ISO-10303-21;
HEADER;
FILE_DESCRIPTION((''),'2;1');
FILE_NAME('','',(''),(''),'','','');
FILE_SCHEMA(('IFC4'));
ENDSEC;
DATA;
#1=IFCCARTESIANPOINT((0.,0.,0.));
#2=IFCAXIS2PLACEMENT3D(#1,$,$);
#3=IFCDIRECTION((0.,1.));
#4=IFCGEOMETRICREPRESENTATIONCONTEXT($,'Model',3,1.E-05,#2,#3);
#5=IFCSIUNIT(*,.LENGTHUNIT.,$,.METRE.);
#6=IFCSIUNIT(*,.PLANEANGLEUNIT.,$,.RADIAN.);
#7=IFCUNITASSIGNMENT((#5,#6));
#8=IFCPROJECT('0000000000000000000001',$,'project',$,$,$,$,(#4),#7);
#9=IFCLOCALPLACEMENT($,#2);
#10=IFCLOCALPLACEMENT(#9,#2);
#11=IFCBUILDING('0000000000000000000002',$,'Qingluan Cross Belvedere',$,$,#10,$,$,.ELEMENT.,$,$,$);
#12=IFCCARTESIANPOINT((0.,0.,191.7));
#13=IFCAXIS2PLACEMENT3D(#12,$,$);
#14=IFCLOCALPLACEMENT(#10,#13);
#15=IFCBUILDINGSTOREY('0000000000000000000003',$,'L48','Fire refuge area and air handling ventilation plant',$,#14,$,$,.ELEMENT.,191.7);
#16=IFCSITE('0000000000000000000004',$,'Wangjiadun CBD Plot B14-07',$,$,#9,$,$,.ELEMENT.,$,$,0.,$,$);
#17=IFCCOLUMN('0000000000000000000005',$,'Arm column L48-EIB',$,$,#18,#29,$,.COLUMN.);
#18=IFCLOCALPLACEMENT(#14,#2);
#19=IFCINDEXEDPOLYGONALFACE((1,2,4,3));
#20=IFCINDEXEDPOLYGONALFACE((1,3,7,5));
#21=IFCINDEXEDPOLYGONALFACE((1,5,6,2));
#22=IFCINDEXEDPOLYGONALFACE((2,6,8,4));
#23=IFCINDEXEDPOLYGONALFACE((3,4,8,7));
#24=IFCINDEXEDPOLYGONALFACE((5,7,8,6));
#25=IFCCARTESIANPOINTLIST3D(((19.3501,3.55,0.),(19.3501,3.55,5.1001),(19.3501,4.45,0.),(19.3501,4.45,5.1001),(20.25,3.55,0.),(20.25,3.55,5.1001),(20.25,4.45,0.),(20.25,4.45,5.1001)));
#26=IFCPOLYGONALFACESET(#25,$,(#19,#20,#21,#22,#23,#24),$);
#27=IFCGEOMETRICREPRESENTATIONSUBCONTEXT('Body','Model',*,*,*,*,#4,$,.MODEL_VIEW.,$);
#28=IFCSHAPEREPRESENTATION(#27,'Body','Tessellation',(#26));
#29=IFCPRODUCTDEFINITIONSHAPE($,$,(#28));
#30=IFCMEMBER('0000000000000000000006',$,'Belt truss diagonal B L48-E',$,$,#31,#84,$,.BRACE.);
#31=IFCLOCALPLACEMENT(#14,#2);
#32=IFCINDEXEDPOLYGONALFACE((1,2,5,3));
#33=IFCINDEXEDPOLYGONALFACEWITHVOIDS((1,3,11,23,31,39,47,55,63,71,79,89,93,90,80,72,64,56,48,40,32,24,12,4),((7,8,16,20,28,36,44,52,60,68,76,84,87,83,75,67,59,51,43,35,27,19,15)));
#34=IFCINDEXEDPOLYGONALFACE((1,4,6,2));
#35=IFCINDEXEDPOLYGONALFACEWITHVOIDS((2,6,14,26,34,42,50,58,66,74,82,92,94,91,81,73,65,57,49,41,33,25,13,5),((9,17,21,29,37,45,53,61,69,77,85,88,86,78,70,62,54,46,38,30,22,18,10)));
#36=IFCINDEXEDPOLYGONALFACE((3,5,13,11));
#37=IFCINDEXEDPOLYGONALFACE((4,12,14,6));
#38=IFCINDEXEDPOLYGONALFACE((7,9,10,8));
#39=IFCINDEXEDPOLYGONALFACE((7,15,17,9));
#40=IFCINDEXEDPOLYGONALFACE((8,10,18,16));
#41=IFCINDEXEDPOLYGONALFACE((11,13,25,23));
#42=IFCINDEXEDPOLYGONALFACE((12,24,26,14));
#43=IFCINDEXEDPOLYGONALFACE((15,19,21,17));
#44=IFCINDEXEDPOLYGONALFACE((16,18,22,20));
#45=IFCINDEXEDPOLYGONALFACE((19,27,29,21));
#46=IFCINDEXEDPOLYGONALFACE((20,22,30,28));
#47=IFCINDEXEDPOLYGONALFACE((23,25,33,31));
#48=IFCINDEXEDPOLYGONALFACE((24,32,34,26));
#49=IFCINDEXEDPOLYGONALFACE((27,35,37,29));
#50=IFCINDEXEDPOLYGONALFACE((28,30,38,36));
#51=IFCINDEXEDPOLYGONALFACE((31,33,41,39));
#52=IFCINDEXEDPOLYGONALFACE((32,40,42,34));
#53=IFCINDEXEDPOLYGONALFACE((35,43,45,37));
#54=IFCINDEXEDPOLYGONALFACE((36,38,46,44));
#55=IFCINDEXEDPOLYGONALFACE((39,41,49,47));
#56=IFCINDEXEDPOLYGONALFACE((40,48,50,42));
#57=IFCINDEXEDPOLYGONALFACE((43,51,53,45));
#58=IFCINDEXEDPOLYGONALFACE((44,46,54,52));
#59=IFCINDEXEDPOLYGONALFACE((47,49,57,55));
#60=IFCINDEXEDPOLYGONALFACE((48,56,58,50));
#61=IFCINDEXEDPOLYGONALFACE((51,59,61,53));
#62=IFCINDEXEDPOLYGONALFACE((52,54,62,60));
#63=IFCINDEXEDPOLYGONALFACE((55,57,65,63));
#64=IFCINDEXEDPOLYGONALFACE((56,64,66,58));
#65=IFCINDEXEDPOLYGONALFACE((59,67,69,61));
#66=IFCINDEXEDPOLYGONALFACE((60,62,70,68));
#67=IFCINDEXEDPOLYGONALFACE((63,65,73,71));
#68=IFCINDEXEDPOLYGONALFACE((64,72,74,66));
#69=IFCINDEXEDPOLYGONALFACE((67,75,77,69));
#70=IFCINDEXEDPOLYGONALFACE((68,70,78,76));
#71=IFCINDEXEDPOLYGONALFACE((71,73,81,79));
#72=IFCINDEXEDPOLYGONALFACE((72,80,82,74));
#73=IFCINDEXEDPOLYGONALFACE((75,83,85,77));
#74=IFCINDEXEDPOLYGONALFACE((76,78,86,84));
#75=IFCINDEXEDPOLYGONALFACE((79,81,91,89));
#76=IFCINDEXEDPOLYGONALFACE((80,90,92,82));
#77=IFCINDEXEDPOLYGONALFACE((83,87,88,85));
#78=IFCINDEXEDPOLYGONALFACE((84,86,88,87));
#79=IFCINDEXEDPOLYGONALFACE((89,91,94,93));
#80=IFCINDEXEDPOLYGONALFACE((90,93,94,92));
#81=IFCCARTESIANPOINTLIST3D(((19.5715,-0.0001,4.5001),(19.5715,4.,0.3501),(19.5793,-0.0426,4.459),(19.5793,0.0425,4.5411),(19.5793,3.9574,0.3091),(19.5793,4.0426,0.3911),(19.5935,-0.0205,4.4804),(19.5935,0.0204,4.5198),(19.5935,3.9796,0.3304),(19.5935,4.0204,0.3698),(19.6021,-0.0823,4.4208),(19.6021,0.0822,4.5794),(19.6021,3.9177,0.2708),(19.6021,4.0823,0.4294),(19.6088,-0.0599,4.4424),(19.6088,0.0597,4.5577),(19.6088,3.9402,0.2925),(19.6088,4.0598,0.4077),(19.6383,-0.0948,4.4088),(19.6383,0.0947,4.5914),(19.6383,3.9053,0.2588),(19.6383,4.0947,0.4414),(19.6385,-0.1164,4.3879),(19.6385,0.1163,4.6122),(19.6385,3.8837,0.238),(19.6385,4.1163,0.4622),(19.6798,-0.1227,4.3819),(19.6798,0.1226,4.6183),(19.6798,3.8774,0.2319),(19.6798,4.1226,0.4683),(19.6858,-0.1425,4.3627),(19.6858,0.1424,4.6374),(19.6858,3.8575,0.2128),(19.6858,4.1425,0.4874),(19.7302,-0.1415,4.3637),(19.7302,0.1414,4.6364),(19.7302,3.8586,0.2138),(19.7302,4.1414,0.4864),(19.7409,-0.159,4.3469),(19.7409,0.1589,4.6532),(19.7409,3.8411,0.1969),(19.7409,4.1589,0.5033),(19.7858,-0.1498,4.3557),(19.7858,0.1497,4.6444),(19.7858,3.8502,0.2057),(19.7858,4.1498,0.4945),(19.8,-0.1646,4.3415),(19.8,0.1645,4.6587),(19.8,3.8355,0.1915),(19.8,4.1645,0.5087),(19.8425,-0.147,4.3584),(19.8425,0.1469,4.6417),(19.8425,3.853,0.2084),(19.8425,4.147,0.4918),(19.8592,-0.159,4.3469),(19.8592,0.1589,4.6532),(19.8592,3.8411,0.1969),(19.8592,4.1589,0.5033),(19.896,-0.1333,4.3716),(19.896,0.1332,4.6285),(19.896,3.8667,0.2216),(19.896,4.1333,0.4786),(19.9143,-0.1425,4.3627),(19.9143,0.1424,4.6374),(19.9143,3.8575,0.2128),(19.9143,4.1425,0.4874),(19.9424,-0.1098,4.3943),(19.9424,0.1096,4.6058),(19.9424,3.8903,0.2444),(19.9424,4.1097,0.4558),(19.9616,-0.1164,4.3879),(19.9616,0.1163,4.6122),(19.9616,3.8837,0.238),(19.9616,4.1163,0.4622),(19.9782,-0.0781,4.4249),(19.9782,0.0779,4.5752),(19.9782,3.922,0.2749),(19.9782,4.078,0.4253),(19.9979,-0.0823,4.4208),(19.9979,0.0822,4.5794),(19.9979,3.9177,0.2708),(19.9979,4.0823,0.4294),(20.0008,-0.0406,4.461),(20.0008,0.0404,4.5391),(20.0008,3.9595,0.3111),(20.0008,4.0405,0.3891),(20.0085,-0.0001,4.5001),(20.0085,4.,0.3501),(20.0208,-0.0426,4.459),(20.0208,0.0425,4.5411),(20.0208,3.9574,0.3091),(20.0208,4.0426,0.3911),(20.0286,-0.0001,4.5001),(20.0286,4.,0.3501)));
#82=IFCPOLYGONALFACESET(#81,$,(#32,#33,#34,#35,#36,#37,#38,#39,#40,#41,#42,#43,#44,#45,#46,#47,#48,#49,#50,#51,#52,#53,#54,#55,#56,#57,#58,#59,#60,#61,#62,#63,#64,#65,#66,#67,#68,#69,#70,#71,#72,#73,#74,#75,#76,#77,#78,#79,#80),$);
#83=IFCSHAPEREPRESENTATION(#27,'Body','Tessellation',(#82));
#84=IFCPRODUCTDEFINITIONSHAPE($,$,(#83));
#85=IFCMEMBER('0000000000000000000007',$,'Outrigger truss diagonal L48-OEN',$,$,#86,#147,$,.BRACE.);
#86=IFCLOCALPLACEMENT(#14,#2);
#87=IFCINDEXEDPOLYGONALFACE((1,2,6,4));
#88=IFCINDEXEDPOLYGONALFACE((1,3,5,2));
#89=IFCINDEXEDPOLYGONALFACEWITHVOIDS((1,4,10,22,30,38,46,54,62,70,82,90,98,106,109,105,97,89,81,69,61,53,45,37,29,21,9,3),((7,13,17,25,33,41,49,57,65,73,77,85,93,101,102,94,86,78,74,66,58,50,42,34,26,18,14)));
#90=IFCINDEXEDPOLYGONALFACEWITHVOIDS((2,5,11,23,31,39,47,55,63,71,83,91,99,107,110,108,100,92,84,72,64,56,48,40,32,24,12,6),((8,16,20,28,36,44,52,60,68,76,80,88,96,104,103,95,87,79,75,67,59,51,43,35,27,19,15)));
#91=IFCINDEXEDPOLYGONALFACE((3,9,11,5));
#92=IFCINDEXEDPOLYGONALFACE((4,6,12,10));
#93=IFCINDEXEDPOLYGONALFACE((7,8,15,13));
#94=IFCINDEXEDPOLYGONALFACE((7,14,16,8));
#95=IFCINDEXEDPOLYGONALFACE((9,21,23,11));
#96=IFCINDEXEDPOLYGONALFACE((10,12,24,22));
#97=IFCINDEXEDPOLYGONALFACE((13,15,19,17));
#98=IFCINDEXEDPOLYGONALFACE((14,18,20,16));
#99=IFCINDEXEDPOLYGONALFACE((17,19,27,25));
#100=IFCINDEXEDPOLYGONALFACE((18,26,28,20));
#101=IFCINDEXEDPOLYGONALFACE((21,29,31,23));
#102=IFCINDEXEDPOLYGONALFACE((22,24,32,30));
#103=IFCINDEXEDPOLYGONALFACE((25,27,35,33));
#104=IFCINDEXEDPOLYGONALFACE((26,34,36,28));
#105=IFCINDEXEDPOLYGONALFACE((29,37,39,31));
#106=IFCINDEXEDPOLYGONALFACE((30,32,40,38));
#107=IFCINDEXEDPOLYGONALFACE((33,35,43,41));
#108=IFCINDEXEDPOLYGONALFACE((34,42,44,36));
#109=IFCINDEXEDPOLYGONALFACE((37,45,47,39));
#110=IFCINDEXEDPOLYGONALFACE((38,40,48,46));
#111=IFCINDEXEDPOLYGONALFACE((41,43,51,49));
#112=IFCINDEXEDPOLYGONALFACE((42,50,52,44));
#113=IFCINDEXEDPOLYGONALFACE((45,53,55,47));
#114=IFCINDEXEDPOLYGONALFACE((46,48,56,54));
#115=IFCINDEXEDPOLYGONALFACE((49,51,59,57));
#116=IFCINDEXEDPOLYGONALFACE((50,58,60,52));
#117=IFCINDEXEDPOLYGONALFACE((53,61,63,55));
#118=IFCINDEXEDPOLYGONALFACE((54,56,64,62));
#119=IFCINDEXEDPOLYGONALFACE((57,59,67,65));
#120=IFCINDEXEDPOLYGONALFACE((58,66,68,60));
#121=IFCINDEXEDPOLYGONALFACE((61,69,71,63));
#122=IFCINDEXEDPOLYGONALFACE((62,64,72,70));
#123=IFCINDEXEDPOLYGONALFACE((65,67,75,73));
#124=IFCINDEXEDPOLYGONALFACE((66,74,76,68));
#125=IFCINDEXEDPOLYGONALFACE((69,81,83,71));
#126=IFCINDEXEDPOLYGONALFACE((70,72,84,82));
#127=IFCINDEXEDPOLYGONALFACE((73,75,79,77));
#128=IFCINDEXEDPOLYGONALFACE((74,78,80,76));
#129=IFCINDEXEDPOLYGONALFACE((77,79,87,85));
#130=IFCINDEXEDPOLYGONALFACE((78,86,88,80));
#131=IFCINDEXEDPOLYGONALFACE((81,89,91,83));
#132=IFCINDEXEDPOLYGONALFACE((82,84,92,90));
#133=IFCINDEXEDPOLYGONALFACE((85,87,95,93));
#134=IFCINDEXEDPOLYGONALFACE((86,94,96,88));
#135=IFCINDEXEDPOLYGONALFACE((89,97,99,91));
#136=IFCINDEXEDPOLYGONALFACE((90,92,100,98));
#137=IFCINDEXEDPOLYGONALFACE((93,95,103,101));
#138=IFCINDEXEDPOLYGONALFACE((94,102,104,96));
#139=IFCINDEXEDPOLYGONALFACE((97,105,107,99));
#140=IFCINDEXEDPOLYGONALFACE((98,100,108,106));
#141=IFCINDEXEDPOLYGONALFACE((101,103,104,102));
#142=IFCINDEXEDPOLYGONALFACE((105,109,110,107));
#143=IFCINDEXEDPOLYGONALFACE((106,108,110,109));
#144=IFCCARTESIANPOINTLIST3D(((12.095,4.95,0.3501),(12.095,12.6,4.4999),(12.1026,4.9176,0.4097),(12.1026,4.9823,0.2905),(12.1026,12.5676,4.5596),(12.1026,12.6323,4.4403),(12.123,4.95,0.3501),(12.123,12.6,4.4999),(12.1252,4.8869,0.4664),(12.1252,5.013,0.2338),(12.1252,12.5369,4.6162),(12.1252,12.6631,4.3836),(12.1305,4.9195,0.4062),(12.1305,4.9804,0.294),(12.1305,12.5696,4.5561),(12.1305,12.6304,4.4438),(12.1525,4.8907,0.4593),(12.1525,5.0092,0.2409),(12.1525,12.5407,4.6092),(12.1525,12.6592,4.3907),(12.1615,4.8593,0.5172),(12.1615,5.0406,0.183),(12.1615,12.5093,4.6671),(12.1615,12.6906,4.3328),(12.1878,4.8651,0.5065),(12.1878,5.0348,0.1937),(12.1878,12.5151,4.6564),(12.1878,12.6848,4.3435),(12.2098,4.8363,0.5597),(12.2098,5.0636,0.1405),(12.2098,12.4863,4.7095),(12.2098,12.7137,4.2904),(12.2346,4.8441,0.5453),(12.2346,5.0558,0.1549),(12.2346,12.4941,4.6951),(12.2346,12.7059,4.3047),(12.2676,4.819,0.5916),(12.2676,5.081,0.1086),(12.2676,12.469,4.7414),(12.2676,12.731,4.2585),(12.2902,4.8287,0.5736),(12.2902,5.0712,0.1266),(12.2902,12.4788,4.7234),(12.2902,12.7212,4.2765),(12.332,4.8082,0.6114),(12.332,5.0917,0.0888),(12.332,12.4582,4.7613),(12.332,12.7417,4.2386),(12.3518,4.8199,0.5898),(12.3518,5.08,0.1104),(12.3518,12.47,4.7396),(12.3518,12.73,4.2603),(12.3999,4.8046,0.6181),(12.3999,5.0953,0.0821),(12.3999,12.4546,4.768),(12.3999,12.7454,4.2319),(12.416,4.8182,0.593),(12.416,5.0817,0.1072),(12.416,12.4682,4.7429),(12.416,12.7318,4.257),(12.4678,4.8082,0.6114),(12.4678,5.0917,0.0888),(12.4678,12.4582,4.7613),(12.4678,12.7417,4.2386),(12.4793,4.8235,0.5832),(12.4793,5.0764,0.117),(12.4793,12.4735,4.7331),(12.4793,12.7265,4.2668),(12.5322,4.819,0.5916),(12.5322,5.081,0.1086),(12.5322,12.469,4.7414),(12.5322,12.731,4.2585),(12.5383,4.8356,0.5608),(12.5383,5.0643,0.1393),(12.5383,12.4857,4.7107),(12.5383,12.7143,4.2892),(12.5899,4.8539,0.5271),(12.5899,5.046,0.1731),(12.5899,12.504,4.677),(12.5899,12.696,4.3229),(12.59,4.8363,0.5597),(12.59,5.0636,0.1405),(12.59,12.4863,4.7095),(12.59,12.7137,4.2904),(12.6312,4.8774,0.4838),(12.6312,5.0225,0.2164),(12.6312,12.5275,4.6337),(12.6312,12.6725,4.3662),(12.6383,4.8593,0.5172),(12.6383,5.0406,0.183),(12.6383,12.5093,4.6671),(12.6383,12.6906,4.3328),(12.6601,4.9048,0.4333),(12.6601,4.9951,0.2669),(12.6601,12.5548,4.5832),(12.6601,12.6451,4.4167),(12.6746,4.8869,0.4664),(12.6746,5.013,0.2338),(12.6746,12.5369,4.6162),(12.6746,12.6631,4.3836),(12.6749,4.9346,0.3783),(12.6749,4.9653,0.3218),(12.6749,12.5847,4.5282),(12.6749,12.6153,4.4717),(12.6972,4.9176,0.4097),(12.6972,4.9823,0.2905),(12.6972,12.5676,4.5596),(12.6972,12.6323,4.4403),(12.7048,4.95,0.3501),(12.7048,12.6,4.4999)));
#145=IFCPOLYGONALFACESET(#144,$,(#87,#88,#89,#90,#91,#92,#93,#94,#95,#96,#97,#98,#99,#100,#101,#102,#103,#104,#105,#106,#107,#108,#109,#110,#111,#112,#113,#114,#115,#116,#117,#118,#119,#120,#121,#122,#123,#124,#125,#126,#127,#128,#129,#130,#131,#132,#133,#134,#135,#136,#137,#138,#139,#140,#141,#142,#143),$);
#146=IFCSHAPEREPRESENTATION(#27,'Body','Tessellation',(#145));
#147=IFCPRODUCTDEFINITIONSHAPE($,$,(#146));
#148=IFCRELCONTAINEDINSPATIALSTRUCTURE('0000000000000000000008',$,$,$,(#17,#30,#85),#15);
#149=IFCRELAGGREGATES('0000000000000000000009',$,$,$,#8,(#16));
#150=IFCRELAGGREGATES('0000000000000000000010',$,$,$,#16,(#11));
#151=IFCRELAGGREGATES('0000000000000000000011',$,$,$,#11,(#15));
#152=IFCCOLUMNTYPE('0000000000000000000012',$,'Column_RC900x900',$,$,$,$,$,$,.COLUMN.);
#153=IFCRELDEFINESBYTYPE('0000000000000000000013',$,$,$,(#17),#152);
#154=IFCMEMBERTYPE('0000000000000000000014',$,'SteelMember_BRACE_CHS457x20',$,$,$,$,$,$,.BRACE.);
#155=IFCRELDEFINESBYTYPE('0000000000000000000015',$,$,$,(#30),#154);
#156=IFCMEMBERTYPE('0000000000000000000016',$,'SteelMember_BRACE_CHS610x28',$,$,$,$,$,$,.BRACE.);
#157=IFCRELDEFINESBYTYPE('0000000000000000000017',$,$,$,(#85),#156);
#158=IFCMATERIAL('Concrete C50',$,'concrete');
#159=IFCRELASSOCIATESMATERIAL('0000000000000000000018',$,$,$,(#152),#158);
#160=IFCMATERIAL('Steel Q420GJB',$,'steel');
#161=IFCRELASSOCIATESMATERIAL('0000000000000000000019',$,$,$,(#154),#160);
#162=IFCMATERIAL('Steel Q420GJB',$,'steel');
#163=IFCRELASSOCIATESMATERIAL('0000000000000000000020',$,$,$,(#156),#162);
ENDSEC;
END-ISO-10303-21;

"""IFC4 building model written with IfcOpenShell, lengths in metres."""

from ifc_helpers import new_model, si_unit, direction, frame, origin, origin_2d, place, context, subcontext, project, spatial, rectangle, hollow_circle, extrude, material, material_profile, profile_set, type_object, element, save


model = new_model("IFC4")

# Units and contexts
model_context = context("Model", 3, precision=1e-05, world=origin(), true_north=direction((0.0, 1.0)))
body_context = subcontext(model_context, "Body", "Model", "MODEL_VIEW")
ifc_project = project(units=[si_unit("LENGTHUNIT", "METRE"), si_unit("PLANEANGLEUNIT", "RADIAN")], contexts=[model_context])

# Site, building, storey
site_placement = place(None, origin())
site = spatial("IfcSite", under=ifc_project, at=site_placement, Name="Wangjiadun CBD Plot B14-07", CompositionType="ELEMENT", RefElevation=0.0)
building_placement = place(site_placement, origin())
building = spatial("IfcBuilding", under=site, at=building_placement, Name="Qingluan Cross Belvedere", CompositionType="ELEMENT")
storey_placement = place(building_placement, frame((0.0, 0.0, 191.7)))
storey = spatial("IfcBuildingStorey", under=building, at=storey_placement, Name="L48", Description="Fire refuge area and air handling ventilation plant", CompositionType="ELEMENT", Elevation=191.7)

# Column
ifc_material_1 = material(Name="Concrete C50", Category="concrete")
ifc_material_profile_1 = material_profile(ifc_material_1, rectangle(XDim=0.8999, YDim=0.8999, at=origin_2d()), Name="RC900x900")
ifc_profile_set_1 = profile_set([ifc_material_profile_1], Name="Concrete C50")
column_type = type_object("IfcColumnType", Name="Column_RC900x900", PredefinedType="COLUMN", material=ifc_profile_set_1)
column_placement = place(storey_placement, frame((19.8, 4.0, 0.0), z_axis=(0.0, 0.0, 1.0), x_axis=(1.0, 0.0, 0.0)))
element("IfcColumn", 1, at=column_placement, inside=storey, type_object=column_type, Name="Arm column L48-EIB", PredefinedType="COLUMN", context=body_context, shape_type="SweptSolid", body=[
    extrude(rectangle(XDim=0.8999, YDim=0.8999, at=origin_2d()), origin(), (0.0, 0.0, 1.0), 5.1001),
])

# Members
ifc_material_2 = material(Name="Steel Q420GJB", Category="steel")
ifc_material_profile_2 = material_profile(ifc_material_2, hollow_circle(Radius=0.2285, WallThickness=0.02, at=origin_2d()), Name="CHS457x20")
ifc_profile_set_2 = profile_set([ifc_material_profile_2], Name="Steel Q420GJB")
member_type_1 = type_object("IfcMemberType", Name="SteelMember_BRACE_CHS457x20", PredefinedType="BRACE", material=ifc_profile_set_2)
member_1_placement = place(storey_placement, frame((19.8, 4.0, 0.3501), z_axis=(0.0, -0.693983, 0.719991), x_axis=(1.0, 0.0, 0.0)))
element("IfcMember", 2, at=member_1_placement, inside=storey, type_object=member_type_1, Name="Belt truss diagonal B L48-E", PredefinedType="BRACE", context=body_context, shape_type="SweptSolid", body=[
    extrude(hollow_circle(Radius=0.2285, WallThickness=0.02, at=origin_2d()), origin(), (0.0, 0.0, 1.0), 5.7639),
])
ifc_material_3 = material(Name="Steel Q420GJB", Category="steel")
ifc_material_profile_3 = material_profile(ifc_material_3, hollow_circle(Radius=0.3049, WallThickness=0.0281, at=origin_2d()), Name="CHS610x28")
ifc_profile_set_3 = profile_set([ifc_material_profile_3], Name="Steel Q420GJB")
member_type_2 = type_object("IfcMemberType", Name="SteelMember_BRACE_CHS610x28", PredefinedType="BRACE", material=ifc_profile_set_3)
member_2_placement = place(storey_placement, frame((12.3999, 4.95, 0.3501), z_axis=(0.0, 0.879, 0.476823), x_axis=(-1.0, 0.0, 0.0)))
element("IfcMember", 3, at=member_2_placement, inside=storey, type_object=member_type_2, Name="Outrigger truss diagonal L48-OEN", PredefinedType="BRACE", context=body_context, shape_type="SweptSolid", body=[
    extrude(hollow_circle(Radius=0.3049, WallThickness=0.0281, at=origin_2d()), origin(), (0.0, 0.0, 1.0), 8.7031),
])

save(model, "model.ifc")
